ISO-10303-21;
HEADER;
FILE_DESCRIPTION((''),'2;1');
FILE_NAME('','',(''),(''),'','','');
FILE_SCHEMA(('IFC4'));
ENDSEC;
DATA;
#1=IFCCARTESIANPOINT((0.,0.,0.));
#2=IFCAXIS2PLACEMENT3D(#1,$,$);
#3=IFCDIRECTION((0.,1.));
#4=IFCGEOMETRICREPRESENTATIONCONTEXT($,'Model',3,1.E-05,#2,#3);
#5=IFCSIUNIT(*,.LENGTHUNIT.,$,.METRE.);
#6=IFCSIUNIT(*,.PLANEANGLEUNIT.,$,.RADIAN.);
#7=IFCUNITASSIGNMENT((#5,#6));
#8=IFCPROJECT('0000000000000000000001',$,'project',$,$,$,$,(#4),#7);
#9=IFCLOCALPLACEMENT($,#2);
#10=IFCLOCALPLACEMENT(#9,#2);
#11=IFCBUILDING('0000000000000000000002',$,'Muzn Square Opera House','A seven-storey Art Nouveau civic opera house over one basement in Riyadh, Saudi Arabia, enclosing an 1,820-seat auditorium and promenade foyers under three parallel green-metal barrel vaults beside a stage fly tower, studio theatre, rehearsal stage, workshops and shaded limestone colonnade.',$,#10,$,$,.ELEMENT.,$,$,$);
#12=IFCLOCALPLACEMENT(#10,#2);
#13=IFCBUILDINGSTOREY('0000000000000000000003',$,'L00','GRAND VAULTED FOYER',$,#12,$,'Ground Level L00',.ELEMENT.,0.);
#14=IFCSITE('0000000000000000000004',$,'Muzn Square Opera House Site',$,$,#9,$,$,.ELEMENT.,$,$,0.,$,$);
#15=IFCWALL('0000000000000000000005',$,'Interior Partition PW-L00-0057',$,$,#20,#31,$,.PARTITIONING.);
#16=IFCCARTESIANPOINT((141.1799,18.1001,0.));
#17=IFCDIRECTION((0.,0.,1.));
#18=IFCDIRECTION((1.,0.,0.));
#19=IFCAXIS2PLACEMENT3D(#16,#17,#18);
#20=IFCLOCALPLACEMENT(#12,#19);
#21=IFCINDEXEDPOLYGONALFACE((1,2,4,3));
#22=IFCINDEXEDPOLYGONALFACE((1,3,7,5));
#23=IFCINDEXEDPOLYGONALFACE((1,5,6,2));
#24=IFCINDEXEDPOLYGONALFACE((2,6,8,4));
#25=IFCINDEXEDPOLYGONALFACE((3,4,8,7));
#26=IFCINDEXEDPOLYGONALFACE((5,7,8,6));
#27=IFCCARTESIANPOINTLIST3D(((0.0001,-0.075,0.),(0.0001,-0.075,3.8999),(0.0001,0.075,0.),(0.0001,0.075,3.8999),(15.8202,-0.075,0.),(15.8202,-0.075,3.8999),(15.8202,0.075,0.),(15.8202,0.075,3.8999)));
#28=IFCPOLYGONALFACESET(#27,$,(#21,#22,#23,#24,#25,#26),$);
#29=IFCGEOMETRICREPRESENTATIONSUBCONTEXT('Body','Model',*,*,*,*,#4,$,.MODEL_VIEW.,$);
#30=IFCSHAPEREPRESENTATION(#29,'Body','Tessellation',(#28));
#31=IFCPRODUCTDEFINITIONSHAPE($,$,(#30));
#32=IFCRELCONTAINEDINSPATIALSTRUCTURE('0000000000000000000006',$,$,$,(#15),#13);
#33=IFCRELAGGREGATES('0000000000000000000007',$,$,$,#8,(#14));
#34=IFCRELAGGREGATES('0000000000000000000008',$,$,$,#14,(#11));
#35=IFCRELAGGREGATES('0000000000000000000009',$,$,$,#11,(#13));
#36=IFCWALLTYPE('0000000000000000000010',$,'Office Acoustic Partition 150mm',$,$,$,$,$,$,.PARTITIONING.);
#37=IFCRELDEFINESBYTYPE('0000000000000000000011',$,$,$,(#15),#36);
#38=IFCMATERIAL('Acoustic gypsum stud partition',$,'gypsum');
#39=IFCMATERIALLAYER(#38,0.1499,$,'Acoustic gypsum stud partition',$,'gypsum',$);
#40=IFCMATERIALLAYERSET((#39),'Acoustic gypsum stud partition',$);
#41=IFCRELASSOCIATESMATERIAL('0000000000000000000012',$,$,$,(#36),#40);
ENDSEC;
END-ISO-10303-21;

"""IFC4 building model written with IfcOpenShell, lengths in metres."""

from ifc_helpers import new_model, si_unit, direction, frame, frame_2d, origin, place, context, subcontext, project, spatial, rectangle, extrude, material, layer, layer_set, type_object, element, save


model = new_model("IFC4")

# Units and contexts
model_context = context("Model", 3, precision=1e-05, world=origin(), true_north=direction((0.0, 1.0)))
body_context = subcontext(model_context, "Body", "Model", "MODEL_VIEW")
ifc_project = project(units=[si_unit("LENGTHUNIT", "METRE"), si_unit("PLANEANGLEUNIT", "RADIAN")], contexts=[model_context])

# Site, building, storey
site_placement = place(None, origin())
site = spatial("IfcSite", under=ifc_project, at=site_placement, Name="Muzn Square Opera House Site", CompositionType="ELEMENT", RefElevation=0.0)
building_placement = place(site_placement, origin())
building = spatial("IfcBuilding", under=site, at=building_placement, Name="Muzn Square Opera House", Description="A seven-storey Art Nouveau civic opera house over one basement in Riyadh, Saudi Arabia, enclosing an 1,820-seat auditorium and promenade foyers under three parallel green-metal barrel vaults beside a stage fly tower, studio theatre, rehearsal stage, workshops and shaded limestone colonnade.", CompositionType="ELEMENT")
storey_placement = place(building_placement, origin())
storey = spatial("IfcBuildingStorey", under=building, at=storey_placement, Name="L00", Description="GRAND VAULTED FOYER", LongName="Ground Level L00", CompositionType="ELEMENT", Elevation=0.0)

# Wall
ifc_material_1 = material(Name="Acoustic gypsum stud partition", Category="gypsum")
ifc_layer = layer(ifc_material_1, 0.1499, Name="Acoustic gypsum stud partition", Category="gypsum")
ifc_layer_set = layer_set([ifc_layer], Name="Acoustic gypsum stud partition")
wall_type = type_object("IfcWallType", Name="Office Acoustic Partition 150mm", PredefinedType="PARTITIONING", material=ifc_layer_set)
wall_1_placement = place(storey_placement, frame((141.1799, 18.1001, 0.0), z_axis=(0.0, 0.0, 1.0), x_axis=(1.0, 0.0, 0.0)))
element("IfcWall", 1, at=wall_1_placement, inside=storey, type_object=wall_type, Name="Interior Partition PW-L00-0057", PredefinedType="PARTITIONING", context=body_context, shape_type="SweptSolid", body=[
    extrude(rectangle(XDim=15.8201, YDim=0.1499, at=frame_2d((7.9102, 0.0))), origin(), (0.0, 0.0, 1.0), 3.8999),
])

save(model, "model.ifc")
